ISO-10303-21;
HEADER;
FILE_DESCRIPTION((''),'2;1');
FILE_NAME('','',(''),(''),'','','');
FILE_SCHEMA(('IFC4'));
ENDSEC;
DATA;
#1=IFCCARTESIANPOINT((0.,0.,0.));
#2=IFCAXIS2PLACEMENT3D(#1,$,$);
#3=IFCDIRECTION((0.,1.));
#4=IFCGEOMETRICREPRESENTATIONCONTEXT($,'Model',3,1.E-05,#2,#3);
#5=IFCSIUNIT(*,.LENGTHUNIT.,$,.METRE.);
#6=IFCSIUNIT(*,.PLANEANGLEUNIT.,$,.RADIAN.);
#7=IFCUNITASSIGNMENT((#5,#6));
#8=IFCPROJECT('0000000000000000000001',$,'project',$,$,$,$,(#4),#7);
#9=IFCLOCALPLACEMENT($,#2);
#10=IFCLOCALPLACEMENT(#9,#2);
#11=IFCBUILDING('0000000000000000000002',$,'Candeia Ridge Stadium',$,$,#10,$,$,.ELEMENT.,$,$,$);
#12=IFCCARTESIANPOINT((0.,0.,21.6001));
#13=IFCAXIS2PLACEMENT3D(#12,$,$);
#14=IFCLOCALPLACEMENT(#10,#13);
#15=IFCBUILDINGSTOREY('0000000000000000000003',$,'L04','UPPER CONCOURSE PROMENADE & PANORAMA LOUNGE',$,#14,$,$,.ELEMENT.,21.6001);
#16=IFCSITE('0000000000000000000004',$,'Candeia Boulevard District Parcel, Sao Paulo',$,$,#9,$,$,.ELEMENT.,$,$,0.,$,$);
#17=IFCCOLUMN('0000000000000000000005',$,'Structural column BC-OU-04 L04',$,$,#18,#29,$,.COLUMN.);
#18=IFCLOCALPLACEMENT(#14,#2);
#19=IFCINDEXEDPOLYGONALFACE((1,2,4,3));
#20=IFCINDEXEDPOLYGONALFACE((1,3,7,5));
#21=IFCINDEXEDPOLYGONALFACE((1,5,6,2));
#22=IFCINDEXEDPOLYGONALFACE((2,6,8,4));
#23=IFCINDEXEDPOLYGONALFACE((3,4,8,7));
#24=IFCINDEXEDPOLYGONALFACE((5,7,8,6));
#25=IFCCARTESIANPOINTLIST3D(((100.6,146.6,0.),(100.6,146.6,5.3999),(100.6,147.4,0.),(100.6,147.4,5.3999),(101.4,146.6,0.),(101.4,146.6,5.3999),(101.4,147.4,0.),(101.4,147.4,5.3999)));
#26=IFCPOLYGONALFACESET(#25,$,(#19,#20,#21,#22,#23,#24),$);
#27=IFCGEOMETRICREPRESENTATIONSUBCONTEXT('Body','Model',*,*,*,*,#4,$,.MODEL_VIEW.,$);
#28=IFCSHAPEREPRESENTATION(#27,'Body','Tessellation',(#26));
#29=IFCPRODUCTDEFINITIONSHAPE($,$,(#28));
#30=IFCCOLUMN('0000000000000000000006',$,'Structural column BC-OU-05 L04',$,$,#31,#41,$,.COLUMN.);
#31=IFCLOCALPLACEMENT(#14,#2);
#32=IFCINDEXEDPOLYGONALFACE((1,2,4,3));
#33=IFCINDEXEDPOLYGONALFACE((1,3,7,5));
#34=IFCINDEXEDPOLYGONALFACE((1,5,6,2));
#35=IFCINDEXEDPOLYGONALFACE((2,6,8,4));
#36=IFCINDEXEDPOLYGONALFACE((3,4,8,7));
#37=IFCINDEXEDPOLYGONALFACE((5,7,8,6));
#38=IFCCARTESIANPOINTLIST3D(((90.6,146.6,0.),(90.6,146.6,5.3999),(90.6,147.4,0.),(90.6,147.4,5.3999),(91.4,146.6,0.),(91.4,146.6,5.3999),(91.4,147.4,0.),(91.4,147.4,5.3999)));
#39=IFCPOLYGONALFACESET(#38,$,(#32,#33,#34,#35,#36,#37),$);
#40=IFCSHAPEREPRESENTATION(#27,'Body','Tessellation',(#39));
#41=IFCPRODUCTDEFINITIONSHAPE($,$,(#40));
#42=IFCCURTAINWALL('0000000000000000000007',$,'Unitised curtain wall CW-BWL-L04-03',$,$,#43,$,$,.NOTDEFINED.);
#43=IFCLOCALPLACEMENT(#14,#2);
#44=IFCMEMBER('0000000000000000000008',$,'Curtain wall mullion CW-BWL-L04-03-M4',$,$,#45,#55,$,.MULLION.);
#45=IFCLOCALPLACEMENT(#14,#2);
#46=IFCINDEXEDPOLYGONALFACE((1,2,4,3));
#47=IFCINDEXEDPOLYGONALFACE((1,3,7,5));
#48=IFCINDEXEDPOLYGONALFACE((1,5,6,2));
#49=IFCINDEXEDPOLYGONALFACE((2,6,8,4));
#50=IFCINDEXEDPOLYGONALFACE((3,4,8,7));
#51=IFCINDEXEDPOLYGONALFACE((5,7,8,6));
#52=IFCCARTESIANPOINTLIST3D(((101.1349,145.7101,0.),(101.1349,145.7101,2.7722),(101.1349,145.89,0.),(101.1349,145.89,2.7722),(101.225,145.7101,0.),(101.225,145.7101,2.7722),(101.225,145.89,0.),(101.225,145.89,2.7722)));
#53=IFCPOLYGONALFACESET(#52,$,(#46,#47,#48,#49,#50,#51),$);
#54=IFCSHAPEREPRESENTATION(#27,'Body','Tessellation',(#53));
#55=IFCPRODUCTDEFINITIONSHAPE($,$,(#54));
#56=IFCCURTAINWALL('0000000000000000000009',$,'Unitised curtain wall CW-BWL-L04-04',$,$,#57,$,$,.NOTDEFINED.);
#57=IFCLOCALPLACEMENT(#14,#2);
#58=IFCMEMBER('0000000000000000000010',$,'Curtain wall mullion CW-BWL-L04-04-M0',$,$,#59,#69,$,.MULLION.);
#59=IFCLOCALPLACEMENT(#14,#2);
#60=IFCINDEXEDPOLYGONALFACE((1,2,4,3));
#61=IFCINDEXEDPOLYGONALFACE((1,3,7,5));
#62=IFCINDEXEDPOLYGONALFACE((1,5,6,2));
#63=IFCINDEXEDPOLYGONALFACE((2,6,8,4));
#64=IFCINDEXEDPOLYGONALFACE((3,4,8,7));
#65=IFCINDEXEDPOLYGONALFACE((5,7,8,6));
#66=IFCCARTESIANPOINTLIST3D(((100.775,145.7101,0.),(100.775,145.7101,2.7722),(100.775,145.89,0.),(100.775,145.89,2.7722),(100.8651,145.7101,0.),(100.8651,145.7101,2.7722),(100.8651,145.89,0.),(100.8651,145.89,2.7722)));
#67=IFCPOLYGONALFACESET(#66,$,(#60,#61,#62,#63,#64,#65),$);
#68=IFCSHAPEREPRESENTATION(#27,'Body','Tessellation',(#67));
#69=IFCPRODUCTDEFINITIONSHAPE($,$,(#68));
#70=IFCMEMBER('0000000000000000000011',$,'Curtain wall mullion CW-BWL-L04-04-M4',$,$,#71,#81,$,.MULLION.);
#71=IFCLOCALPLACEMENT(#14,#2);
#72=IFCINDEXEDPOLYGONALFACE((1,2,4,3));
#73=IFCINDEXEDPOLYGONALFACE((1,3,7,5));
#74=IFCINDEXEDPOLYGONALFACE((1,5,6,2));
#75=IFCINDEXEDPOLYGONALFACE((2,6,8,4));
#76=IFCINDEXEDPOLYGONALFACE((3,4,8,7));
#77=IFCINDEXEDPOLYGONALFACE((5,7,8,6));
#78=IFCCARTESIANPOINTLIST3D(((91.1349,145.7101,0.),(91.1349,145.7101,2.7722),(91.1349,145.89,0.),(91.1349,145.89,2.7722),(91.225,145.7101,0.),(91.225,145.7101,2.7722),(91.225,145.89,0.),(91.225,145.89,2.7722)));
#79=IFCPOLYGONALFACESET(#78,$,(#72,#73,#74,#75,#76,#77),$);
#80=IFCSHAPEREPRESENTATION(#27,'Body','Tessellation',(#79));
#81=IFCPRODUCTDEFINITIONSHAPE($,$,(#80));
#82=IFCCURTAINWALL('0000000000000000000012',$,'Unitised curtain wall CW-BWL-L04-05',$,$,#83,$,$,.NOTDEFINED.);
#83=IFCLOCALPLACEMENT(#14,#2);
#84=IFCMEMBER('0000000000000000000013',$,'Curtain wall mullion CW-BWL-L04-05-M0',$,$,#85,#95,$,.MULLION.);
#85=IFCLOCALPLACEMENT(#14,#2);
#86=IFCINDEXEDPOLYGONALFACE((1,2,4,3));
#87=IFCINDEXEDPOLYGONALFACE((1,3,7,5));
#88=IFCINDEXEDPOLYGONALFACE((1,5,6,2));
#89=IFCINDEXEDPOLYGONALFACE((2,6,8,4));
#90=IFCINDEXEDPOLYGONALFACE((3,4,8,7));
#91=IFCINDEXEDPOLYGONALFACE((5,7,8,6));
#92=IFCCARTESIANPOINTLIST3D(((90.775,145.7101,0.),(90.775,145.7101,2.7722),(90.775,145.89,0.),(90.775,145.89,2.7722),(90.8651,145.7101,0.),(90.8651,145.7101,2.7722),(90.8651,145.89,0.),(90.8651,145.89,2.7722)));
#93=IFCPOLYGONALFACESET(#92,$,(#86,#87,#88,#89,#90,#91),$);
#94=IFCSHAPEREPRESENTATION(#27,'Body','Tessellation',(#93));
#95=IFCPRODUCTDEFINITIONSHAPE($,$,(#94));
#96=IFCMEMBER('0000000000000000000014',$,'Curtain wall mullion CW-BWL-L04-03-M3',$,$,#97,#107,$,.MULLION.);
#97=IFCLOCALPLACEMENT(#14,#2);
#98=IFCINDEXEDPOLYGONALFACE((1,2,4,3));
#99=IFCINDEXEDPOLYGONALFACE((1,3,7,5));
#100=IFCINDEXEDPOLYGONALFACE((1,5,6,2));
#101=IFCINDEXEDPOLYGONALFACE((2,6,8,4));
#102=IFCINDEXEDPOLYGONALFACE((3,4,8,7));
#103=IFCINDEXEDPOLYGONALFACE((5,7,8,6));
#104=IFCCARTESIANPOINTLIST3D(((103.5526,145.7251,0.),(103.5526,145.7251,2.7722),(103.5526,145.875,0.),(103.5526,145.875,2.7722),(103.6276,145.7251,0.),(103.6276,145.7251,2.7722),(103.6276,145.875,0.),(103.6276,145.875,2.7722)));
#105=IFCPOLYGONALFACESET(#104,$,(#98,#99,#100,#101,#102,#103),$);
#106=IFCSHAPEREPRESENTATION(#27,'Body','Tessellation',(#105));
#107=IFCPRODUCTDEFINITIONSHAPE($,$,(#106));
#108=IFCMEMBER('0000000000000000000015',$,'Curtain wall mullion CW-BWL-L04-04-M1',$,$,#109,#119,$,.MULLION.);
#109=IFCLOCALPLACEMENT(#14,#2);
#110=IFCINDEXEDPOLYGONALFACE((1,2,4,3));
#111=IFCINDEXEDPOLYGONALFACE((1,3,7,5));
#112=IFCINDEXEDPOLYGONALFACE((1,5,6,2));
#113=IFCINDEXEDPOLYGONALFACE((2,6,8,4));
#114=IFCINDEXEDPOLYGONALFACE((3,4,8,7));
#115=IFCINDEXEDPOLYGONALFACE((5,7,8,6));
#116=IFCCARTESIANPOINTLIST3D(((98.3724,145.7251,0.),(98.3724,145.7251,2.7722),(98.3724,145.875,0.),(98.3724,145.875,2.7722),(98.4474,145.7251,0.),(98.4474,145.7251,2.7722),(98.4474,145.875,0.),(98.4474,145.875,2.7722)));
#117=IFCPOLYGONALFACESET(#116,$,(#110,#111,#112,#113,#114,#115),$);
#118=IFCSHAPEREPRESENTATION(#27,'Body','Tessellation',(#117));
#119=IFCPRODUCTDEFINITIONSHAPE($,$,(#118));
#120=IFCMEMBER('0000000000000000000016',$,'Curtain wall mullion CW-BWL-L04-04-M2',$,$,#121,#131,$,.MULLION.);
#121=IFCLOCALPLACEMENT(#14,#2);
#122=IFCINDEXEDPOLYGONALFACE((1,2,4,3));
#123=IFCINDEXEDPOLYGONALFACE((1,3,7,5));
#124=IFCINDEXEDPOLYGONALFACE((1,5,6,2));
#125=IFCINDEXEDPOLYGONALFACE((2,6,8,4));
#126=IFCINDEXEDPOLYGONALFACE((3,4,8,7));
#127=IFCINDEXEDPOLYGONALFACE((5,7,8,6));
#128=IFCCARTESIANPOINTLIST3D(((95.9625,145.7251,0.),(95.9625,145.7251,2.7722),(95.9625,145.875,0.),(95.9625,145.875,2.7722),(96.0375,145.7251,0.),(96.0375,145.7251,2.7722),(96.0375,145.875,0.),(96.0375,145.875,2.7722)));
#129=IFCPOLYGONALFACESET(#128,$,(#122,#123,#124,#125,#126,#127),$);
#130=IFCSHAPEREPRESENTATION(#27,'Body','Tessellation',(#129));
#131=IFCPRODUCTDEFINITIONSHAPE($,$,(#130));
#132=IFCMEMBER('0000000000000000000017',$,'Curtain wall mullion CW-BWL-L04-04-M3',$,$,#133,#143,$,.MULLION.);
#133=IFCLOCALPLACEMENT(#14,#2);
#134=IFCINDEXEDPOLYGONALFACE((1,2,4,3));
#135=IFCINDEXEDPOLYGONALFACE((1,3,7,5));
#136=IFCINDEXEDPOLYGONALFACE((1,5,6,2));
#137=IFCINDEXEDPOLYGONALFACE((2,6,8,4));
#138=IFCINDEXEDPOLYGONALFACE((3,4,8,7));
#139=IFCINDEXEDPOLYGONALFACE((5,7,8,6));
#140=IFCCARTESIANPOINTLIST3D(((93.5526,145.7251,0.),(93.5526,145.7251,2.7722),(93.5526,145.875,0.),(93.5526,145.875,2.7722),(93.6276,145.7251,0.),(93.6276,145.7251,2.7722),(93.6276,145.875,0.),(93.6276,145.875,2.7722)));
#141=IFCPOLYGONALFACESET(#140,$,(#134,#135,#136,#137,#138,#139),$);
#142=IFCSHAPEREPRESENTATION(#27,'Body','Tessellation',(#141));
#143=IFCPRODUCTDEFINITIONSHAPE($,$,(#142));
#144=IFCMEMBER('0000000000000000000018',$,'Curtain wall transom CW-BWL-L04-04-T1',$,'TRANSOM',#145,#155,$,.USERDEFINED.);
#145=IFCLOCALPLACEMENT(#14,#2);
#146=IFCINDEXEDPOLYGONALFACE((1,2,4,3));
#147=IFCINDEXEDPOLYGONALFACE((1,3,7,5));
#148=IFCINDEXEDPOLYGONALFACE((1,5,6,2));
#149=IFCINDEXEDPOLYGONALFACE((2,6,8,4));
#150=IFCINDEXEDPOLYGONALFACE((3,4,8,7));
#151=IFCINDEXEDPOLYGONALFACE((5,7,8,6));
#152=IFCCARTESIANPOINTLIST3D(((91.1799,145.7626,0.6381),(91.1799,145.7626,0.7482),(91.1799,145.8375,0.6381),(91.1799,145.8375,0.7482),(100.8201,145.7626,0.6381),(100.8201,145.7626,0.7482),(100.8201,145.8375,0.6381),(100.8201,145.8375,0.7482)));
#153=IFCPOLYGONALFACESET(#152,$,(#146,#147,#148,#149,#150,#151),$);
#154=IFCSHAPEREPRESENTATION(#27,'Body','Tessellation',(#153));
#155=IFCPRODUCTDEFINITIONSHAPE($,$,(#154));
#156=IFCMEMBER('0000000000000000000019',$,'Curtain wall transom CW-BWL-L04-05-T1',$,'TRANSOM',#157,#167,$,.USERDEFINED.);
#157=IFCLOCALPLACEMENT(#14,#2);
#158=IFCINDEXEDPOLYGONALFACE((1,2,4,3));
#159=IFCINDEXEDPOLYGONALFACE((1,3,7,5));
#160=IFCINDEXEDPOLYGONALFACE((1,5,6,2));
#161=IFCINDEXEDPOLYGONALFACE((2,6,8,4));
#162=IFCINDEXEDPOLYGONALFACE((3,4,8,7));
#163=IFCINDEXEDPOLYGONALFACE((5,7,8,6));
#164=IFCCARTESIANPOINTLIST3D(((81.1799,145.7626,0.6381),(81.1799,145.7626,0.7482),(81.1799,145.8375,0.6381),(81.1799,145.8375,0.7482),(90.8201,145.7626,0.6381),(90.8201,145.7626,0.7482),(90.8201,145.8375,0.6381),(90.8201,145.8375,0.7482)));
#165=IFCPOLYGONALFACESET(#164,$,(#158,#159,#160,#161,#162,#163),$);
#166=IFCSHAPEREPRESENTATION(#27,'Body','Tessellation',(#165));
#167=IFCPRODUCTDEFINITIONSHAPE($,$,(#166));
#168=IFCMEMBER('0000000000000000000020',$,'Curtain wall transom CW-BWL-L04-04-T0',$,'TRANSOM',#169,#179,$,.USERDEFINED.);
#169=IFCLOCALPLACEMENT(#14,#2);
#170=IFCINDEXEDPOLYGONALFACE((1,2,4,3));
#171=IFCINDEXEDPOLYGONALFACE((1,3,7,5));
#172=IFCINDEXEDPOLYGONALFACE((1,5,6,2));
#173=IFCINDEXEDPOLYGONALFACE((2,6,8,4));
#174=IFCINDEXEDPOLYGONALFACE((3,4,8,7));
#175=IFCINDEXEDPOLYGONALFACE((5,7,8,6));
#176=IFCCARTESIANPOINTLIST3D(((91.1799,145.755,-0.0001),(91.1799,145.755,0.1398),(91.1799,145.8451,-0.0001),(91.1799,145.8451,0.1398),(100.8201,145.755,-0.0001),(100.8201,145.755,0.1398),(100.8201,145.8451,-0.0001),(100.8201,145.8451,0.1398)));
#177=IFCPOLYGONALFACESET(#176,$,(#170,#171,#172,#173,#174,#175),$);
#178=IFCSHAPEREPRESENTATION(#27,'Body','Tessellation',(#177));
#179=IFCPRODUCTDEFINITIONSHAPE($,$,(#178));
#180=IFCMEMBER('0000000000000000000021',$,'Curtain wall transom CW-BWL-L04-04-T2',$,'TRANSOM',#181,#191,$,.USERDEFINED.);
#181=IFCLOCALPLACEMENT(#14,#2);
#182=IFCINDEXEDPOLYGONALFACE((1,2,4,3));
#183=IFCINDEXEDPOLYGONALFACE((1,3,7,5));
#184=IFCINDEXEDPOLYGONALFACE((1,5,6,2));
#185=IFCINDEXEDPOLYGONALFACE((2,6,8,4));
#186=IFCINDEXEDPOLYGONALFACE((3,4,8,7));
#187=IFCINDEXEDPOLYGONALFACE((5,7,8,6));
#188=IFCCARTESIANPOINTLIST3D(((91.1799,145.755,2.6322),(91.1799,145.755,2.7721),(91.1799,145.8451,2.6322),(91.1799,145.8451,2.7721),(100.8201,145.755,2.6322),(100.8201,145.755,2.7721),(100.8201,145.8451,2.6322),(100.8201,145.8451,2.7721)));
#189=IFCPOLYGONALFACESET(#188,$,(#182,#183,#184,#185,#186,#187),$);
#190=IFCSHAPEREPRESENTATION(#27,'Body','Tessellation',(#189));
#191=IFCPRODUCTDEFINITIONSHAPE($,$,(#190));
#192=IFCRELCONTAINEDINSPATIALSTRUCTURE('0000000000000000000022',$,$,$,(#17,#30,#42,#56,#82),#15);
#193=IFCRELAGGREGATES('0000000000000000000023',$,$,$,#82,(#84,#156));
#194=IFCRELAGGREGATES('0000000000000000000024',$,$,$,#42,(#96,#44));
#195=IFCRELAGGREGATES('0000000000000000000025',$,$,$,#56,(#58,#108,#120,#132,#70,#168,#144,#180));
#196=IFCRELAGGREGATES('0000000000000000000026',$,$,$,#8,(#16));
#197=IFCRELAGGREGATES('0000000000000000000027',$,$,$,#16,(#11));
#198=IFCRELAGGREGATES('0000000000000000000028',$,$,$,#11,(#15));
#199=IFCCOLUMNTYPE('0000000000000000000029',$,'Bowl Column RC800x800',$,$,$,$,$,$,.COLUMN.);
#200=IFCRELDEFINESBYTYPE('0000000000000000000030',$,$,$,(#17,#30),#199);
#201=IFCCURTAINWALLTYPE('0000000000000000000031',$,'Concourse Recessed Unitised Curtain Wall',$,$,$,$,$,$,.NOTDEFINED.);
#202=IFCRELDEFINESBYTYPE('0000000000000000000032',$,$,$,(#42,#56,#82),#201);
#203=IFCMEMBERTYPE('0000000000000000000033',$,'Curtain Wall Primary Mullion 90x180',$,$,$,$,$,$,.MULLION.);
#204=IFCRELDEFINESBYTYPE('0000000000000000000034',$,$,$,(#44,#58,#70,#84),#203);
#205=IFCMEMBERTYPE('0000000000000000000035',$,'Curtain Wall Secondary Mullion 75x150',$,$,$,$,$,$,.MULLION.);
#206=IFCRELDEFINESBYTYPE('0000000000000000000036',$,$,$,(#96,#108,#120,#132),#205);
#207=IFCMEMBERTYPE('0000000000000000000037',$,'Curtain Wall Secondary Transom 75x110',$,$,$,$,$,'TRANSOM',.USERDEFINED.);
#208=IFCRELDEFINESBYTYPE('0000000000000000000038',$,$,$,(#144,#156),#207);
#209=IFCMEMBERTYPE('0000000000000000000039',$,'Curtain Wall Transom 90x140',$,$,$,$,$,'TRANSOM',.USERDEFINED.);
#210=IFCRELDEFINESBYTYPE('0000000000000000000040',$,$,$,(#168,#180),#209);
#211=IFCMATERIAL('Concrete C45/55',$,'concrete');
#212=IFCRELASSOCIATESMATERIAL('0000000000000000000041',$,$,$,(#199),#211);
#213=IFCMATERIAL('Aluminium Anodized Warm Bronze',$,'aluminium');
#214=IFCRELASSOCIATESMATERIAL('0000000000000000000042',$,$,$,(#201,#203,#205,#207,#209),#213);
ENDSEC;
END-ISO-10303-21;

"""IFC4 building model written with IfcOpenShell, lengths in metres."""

from ifc_helpers import new_model, si_unit, direction, frame, origin, origin_2d, place, context, subcontext, project, spatial, rectangle, extrude, material, material_profile, profile_set, type_object, element, aggregate, save


model = new_model("IFC4")

# Units and contexts
model_context = context("Model", 3, precision=1e-05, world=origin(), true_north=direction((0.0, 1.0)))
body_context = subcontext(model_context, "Body", "Model", "MODEL_VIEW")
ifc_project = project(units=[si_unit("LENGTHUNIT", "METRE"), si_unit("PLANEANGLEUNIT", "RADIAN")], contexts=[model_context])

# Site, building, storey
site_placement = place(None, origin())
site = spatial("IfcSite", under=ifc_project, at=site_placement, Name="Candeia Boulevard District Parcel, Sao Paulo", CompositionType="ELEMENT", RefElevation=0.0)
building_placement = place(site_placement, origin())
building = spatial("IfcBuilding", under=site, at=building_placement, Name="Candeia Ridge Stadium", CompositionType="ELEMENT")
storey_placement = place(building_placement, frame((0.0, 0.0, 21.6001)))
storey = spatial("IfcBuildingStorey", under=building, at=storey_placement, Name="L04", Description="UPPER CONCOURSE PROMENADE & PANORAMA LOUNGE", CompositionType="ELEMENT", Elevation=21.6001)

# Columns
ifc_material_1 = material(Name="Concrete C45/55", Category="concrete")
ifc_material_profile_1 = material_profile(ifc_material_1, rectangle(XDim=0.8, YDim=0.8, at=origin_2d()), Name="RC800x800", Category="concrete")
ifc_profile_set_1 = profile_set([ifc_material_profile_1], Name="Concrete C45/55")
column_type = type_object("IfcColumnType", Name="Bowl Column RC800x800", PredefinedType="COLUMN", material=ifc_profile_set_1)
for number, where, z_axis, x_axis, name in (
    (1, (101.0, 147.0, 0.0), (0.0, 0.0, 1.0), (1.0, 0.0, 0.0), "Structural column BC-OU-04 L04"),
    (2, (91.0, 147.0, 0.0), (0.0, 0.0, 1.0), (1.0, 0.0, 0.0), "Structural column BC-OU-05 L04"),
):
    element("IfcColumn", number, at=place(storey_placement, frame(where, z_axis=z_axis, x_axis=x_axis)), inside=storey, type_object=column_type, Name=name, PredefinedType="COLUMN", context=body_context, shape_type="SweptSolid", body=[
        extrude(rectangle(XDim=0.8, YDim=0.8, at=origin_2d()), origin(), (0.0, 0.0, 1.0), 5.3999),
    ])

# Curtain wall, member
ifc_material_2 = material(Name="Aluminium Anodized Warm Bronze", Category="aluminium")
curtain_wall_type = type_object("IfcCurtainWallType", Name="Concourse Recessed Unitised Curtain Wall", PredefinedType="NOTDEFINED", material=ifc_material_2)
curtain_wall_1_placement = place(storey_placement, origin())
curtain_wall_1 = element("IfcCurtainWall", 3, at=curtain_wall_1_placement, inside=storey, type_object=curtain_wall_type, Name="Unitised curtain wall CW-BWL-L04-03", PredefinedType="NOTDEFINED")
ifc_material_profile_2 = material_profile(ifc_material_2, rectangle(XDim=0.0901, YDim=0.1799, at=origin_2d()), Name="CWM-90x180", Category="aluminium")
ifc_profile_set_2 = profile_set([ifc_material_profile_2], Name="Aluminium Anodized Warm Bronze")
member_type_1 = type_object("IfcMemberType", Name="Curtain Wall Primary Mullion 90x180", PredefinedType="MULLION", material=ifc_profile_set_2)
member_1_placement = place(storey_placement, frame((101.1799, 145.8, 0.0), z_axis=(0.0, 0.0, 1.0), x_axis=(1.0, 0.0, 0.0)))
member_1 = element("IfcMember", 4, at=member_1_placement, type_object=member_type_1, Name="Curtain wall mullion CW-BWL-L04-03-M4", PredefinedType="MULLION", context=body_context, shape_type="SweptSolid", body=[
    extrude(rectangle(XDim=0.0901, YDim=0.1799, at=origin_2d()), origin(), (0.0, 0.0, 1.0), 2.7722),
])

# Curtain wall, members
curtain_wall_2_placement = place(storey_placement, origin())
curtain_wall_2 = element("IfcCurtainWall", 5, at=curtain_wall_2_placement, inside=storey, type_object=curtain_wall_type, Name="Unitised curtain wall CW-BWL-L04-04", PredefinedType="NOTDEFINED")
member_2_placement = place(storey_placement, frame((100.8201, 145.8, 0.0), z_axis=(0.0, 0.0, 1.0), x_axis=(1.0, 0.0, 0.0)))
member_2 = element("IfcMember", 6, at=member_2_placement, type_object=member_type_1, Name="Curtain wall mullion CW-BWL-L04-04-M0", PredefinedType="MULLION", context=body_context, shape_type="SweptSolid", body=[
    extrude(rectangle(XDim=0.0901, YDim=0.1799, at=origin_2d()), origin(), (0.0, 0.0, 1.0), 2.7722),
])
member_3_placement = place(storey_placement, frame((91.1799, 145.8, 0.0), z_axis=(0.0, 0.0, 1.0), x_axis=(1.0, 0.0, 0.0)))
member_3 = element("IfcMember", 7, at=member_3_placement, type_object=member_type_1, Name="Curtain wall mullion CW-BWL-L04-04-M4", PredefinedType="MULLION", context=body_context, shape_type="SweptSolid", body=[
    extrude(rectangle(XDim=0.0901, YDim=0.1799, at=origin_2d()), origin(), (0.0, 0.0, 1.0), 2.7722),
])

# Curtain wall, member
curtain_wall_3_placement = place(storey_placement, origin())
curtain_wall_3 = element("IfcCurtainWall", 8, at=curtain_wall_3_placement, inside=storey, type_object=curtain_wall_type, Name="Unitised curtain wall CW-BWL-L04-05", PredefinedType="NOTDEFINED")
member_4_placement = place(storey_placement, frame((90.8201, 145.8, 0.0), z_axis=(0.0, 0.0, 1.0), x_axis=(1.0, 0.0, 0.0)))
member_4 = element("IfcMember", 9, at=member_4_placement, type_object=member_type_1, Name="Curtain wall mullion CW-BWL-L04-05-M0", PredefinedType="MULLION", context=body_context, shape_type="SweptSolid", body=[
    extrude(rectangle(XDim=0.0901, YDim=0.1799, at=origin_2d()), origin(), (0.0, 0.0, 1.0), 2.7722),
])

# Members
ifc_material_profile_3 = material_profile(ifc_material_2, rectangle(XDim=0.075, YDim=0.1499, at=origin_2d()), Name="CWM-75x150", Category="aluminium")
ifc_profile_set_3 = profile_set([ifc_material_profile_3], Name="Aluminium Anodized Warm Bronze")
member_type_2 = type_object("IfcMemberType", Name="Curtain Wall Secondary Mullion 75x150", PredefinedType="MULLION", material=ifc_profile_set_3)
member_5_placement = place(storey_placement, frame((103.5901, 145.8, 0.0), z_axis=(0.0, 0.0, 1.0), x_axis=(1.0, 0.0, 0.0)))
member_5 = element("IfcMember", 10, at=member_5_placement, type_object=member_type_2, Name="Curtain wall mullion CW-BWL-L04-03-M3", PredefinedType="MULLION", context=body_context, shape_type="SweptSolid", body=[
    extrude(rectangle(XDim=0.075, YDim=0.1499, at=origin_2d()), origin(), (0.0, 0.0, 1.0), 2.7722),
])
member_6_placement = place(storey_placement, frame((98.4099, 145.8, 0.0), z_axis=(0.0, 0.0, 1.0), x_axis=(1.0, 0.0, 0.0)))
member_6 = element("IfcMember", 11, at=member_6_placement, type_object=member_type_2, Name="Curtain wall mullion CW-BWL-L04-04-M1", PredefinedType="MULLION", context=body_context, shape_type="SweptSolid", body=[
    extrude(rectangle(XDim=0.075, YDim=0.1499, at=origin_2d()), origin(), (0.0, 0.0, 1.0), 2.7722),
])
member_7_placement = place(storey_placement, frame((96.0, 145.8, 0.0), z_axis=(0.0, 0.0, 1.0), x_axis=(1.0, 0.0, 0.0)))
member_7 = element("IfcMember", 12, at=member_7_placement, type_object=member_type_2, Name="Curtain wall mullion CW-BWL-L04-04-M2", PredefinedType="MULLION", context=body_context, shape_type="SweptSolid", body=[
    extrude(rectangle(XDim=0.075, YDim=0.1499, at=origin_2d()), origin(), (0.0, 0.0, 1.0), 2.7722),
])
member_8_placement = place(storey_placement, frame((93.5901, 145.8, 0.0), z_axis=(0.0, 0.0, 1.0), x_axis=(1.0, 0.0, 0.0)))
member_8 = element("IfcMember", 13, at=member_8_placement, type_object=member_type_2, Name="Curtain wall mullion CW-BWL-L04-04-M3", PredefinedType="MULLION", context=body_context, shape_type="SweptSolid", body=[
    extrude(rectangle(XDim=0.075, YDim=0.1499, at=origin_2d()), origin(), (0.0, 0.0, 1.0), 2.7722),
])
ifc_material_profile_4 = material_profile(ifc_material_2, rectangle(XDim=0.075, YDim=0.1101, at=origin_2d()), Name="CWT-75x110", Category="aluminium")
ifc_profile_set_4 = profile_set([ifc_material_profile_4], Name="Aluminium Anodized Warm Bronze")
member_type_3 = type_object("IfcMemberType", Name="Curtain Wall Secondary Transom 75x110", ElementType="TRANSOM", PredefinedType="USERDEFINED", material=ifc_profile_set_4)
member_9_placement = place(storey_placement, frame((100.8201, 145.8, 0.6931), z_axis=(-1.0, 0.0, 0.0), x_axis=(0.0, -1.0, 0.0)))
member_9 = element("IfcMember", 14, at=member_9_placement, type_object=member_type_3, Name="Curtain wall transom CW-BWL-L04-04-T1", ObjectType="TRANSOM", PredefinedType="USERDEFINED", context=body_context, shape_type="SweptSolid", body=[
    extrude(rectangle(XDim=0.075, YDim=0.1101, at=origin_2d()), origin(), (0.0, 0.0, 1.0), 9.6401),
])
member_10_placement = place(storey_placement, frame((90.8201, 145.8, 0.6931), z_axis=(-1.0, 0.0, 0.0), x_axis=(0.0, -1.0, 0.0)))
member_10 = element("IfcMember", 15, at=member_10_placement, type_object=member_type_3, Name="Curtain wall transom CW-BWL-L04-05-T1", ObjectType="TRANSOM", PredefinedType="USERDEFINED", context=body_context, shape_type="SweptSolid", body=[
    extrude(rectangle(XDim=0.075, YDim=0.1101, at=origin_2d()), origin(), (0.0, 0.0, 1.0), 9.6401),
])
ifc_material_profile_5 = material_profile(ifc_material_2, rectangle(XDim=0.0901, YDim=0.1399, at=origin_2d()), Name="CWT-90x140", Category="aluminium")
ifc_profile_set_5 = profile_set([ifc_material_profile_5], Name="Aluminium Anodized Warm Bronze")
member_type_4 = type_object("IfcMemberType", Name="Curtain Wall Transom 90x140", ElementType="TRANSOM", PredefinedType="USERDEFINED", material=ifc_profile_set_5)
member_11_placement = place(storey_placement, frame((100.8201, 145.8, 0.0698), z_axis=(-1.0, 0.0, 0.0), x_axis=(0.0, -1.0, 0.0)))
member_11 = element("IfcMember", 16, at=member_11_placement, type_object=member_type_4, Name="Curtain wall transom CW-BWL-L04-04-T0", ObjectType="TRANSOM", PredefinedType="USERDEFINED", context=body_context, shape_type="SweptSolid", body=[
    extrude(rectangle(XDim=0.0901, YDim=0.1399, at=origin_2d()), origin(), (0.0, 0.0, 1.0), 9.6401),
])
member_12_placement = place(storey_placement, frame((100.8201, 145.8, 2.7021), z_axis=(-1.0, 0.0, 0.0), x_axis=(0.0, -1.0, 0.0)))
member_12 = element("IfcMember", 17, at=member_12_placement, type_object=member_type_4, Name="Curtain wall transom CW-BWL-L04-04-T2", ObjectType="TRANSOM", PredefinedType="USERDEFINED", context=body_context, shape_type="SweptSolid", body=[
    extrude(rectangle(XDim=0.0901, YDim=0.1399, at=origin_2d()), origin(), (0.0, 0.0, 1.0), 9.6401),
])
aggregate(curtain_wall_3, [member_4, member_10])

aggregate(curtain_wall_1, [member_5, member_1])
aggregate(curtain_wall_2, [member_2, member_6, member_7, member_8, member_3, member_11, member_9, member_12])

save(model, "model.ifc")
